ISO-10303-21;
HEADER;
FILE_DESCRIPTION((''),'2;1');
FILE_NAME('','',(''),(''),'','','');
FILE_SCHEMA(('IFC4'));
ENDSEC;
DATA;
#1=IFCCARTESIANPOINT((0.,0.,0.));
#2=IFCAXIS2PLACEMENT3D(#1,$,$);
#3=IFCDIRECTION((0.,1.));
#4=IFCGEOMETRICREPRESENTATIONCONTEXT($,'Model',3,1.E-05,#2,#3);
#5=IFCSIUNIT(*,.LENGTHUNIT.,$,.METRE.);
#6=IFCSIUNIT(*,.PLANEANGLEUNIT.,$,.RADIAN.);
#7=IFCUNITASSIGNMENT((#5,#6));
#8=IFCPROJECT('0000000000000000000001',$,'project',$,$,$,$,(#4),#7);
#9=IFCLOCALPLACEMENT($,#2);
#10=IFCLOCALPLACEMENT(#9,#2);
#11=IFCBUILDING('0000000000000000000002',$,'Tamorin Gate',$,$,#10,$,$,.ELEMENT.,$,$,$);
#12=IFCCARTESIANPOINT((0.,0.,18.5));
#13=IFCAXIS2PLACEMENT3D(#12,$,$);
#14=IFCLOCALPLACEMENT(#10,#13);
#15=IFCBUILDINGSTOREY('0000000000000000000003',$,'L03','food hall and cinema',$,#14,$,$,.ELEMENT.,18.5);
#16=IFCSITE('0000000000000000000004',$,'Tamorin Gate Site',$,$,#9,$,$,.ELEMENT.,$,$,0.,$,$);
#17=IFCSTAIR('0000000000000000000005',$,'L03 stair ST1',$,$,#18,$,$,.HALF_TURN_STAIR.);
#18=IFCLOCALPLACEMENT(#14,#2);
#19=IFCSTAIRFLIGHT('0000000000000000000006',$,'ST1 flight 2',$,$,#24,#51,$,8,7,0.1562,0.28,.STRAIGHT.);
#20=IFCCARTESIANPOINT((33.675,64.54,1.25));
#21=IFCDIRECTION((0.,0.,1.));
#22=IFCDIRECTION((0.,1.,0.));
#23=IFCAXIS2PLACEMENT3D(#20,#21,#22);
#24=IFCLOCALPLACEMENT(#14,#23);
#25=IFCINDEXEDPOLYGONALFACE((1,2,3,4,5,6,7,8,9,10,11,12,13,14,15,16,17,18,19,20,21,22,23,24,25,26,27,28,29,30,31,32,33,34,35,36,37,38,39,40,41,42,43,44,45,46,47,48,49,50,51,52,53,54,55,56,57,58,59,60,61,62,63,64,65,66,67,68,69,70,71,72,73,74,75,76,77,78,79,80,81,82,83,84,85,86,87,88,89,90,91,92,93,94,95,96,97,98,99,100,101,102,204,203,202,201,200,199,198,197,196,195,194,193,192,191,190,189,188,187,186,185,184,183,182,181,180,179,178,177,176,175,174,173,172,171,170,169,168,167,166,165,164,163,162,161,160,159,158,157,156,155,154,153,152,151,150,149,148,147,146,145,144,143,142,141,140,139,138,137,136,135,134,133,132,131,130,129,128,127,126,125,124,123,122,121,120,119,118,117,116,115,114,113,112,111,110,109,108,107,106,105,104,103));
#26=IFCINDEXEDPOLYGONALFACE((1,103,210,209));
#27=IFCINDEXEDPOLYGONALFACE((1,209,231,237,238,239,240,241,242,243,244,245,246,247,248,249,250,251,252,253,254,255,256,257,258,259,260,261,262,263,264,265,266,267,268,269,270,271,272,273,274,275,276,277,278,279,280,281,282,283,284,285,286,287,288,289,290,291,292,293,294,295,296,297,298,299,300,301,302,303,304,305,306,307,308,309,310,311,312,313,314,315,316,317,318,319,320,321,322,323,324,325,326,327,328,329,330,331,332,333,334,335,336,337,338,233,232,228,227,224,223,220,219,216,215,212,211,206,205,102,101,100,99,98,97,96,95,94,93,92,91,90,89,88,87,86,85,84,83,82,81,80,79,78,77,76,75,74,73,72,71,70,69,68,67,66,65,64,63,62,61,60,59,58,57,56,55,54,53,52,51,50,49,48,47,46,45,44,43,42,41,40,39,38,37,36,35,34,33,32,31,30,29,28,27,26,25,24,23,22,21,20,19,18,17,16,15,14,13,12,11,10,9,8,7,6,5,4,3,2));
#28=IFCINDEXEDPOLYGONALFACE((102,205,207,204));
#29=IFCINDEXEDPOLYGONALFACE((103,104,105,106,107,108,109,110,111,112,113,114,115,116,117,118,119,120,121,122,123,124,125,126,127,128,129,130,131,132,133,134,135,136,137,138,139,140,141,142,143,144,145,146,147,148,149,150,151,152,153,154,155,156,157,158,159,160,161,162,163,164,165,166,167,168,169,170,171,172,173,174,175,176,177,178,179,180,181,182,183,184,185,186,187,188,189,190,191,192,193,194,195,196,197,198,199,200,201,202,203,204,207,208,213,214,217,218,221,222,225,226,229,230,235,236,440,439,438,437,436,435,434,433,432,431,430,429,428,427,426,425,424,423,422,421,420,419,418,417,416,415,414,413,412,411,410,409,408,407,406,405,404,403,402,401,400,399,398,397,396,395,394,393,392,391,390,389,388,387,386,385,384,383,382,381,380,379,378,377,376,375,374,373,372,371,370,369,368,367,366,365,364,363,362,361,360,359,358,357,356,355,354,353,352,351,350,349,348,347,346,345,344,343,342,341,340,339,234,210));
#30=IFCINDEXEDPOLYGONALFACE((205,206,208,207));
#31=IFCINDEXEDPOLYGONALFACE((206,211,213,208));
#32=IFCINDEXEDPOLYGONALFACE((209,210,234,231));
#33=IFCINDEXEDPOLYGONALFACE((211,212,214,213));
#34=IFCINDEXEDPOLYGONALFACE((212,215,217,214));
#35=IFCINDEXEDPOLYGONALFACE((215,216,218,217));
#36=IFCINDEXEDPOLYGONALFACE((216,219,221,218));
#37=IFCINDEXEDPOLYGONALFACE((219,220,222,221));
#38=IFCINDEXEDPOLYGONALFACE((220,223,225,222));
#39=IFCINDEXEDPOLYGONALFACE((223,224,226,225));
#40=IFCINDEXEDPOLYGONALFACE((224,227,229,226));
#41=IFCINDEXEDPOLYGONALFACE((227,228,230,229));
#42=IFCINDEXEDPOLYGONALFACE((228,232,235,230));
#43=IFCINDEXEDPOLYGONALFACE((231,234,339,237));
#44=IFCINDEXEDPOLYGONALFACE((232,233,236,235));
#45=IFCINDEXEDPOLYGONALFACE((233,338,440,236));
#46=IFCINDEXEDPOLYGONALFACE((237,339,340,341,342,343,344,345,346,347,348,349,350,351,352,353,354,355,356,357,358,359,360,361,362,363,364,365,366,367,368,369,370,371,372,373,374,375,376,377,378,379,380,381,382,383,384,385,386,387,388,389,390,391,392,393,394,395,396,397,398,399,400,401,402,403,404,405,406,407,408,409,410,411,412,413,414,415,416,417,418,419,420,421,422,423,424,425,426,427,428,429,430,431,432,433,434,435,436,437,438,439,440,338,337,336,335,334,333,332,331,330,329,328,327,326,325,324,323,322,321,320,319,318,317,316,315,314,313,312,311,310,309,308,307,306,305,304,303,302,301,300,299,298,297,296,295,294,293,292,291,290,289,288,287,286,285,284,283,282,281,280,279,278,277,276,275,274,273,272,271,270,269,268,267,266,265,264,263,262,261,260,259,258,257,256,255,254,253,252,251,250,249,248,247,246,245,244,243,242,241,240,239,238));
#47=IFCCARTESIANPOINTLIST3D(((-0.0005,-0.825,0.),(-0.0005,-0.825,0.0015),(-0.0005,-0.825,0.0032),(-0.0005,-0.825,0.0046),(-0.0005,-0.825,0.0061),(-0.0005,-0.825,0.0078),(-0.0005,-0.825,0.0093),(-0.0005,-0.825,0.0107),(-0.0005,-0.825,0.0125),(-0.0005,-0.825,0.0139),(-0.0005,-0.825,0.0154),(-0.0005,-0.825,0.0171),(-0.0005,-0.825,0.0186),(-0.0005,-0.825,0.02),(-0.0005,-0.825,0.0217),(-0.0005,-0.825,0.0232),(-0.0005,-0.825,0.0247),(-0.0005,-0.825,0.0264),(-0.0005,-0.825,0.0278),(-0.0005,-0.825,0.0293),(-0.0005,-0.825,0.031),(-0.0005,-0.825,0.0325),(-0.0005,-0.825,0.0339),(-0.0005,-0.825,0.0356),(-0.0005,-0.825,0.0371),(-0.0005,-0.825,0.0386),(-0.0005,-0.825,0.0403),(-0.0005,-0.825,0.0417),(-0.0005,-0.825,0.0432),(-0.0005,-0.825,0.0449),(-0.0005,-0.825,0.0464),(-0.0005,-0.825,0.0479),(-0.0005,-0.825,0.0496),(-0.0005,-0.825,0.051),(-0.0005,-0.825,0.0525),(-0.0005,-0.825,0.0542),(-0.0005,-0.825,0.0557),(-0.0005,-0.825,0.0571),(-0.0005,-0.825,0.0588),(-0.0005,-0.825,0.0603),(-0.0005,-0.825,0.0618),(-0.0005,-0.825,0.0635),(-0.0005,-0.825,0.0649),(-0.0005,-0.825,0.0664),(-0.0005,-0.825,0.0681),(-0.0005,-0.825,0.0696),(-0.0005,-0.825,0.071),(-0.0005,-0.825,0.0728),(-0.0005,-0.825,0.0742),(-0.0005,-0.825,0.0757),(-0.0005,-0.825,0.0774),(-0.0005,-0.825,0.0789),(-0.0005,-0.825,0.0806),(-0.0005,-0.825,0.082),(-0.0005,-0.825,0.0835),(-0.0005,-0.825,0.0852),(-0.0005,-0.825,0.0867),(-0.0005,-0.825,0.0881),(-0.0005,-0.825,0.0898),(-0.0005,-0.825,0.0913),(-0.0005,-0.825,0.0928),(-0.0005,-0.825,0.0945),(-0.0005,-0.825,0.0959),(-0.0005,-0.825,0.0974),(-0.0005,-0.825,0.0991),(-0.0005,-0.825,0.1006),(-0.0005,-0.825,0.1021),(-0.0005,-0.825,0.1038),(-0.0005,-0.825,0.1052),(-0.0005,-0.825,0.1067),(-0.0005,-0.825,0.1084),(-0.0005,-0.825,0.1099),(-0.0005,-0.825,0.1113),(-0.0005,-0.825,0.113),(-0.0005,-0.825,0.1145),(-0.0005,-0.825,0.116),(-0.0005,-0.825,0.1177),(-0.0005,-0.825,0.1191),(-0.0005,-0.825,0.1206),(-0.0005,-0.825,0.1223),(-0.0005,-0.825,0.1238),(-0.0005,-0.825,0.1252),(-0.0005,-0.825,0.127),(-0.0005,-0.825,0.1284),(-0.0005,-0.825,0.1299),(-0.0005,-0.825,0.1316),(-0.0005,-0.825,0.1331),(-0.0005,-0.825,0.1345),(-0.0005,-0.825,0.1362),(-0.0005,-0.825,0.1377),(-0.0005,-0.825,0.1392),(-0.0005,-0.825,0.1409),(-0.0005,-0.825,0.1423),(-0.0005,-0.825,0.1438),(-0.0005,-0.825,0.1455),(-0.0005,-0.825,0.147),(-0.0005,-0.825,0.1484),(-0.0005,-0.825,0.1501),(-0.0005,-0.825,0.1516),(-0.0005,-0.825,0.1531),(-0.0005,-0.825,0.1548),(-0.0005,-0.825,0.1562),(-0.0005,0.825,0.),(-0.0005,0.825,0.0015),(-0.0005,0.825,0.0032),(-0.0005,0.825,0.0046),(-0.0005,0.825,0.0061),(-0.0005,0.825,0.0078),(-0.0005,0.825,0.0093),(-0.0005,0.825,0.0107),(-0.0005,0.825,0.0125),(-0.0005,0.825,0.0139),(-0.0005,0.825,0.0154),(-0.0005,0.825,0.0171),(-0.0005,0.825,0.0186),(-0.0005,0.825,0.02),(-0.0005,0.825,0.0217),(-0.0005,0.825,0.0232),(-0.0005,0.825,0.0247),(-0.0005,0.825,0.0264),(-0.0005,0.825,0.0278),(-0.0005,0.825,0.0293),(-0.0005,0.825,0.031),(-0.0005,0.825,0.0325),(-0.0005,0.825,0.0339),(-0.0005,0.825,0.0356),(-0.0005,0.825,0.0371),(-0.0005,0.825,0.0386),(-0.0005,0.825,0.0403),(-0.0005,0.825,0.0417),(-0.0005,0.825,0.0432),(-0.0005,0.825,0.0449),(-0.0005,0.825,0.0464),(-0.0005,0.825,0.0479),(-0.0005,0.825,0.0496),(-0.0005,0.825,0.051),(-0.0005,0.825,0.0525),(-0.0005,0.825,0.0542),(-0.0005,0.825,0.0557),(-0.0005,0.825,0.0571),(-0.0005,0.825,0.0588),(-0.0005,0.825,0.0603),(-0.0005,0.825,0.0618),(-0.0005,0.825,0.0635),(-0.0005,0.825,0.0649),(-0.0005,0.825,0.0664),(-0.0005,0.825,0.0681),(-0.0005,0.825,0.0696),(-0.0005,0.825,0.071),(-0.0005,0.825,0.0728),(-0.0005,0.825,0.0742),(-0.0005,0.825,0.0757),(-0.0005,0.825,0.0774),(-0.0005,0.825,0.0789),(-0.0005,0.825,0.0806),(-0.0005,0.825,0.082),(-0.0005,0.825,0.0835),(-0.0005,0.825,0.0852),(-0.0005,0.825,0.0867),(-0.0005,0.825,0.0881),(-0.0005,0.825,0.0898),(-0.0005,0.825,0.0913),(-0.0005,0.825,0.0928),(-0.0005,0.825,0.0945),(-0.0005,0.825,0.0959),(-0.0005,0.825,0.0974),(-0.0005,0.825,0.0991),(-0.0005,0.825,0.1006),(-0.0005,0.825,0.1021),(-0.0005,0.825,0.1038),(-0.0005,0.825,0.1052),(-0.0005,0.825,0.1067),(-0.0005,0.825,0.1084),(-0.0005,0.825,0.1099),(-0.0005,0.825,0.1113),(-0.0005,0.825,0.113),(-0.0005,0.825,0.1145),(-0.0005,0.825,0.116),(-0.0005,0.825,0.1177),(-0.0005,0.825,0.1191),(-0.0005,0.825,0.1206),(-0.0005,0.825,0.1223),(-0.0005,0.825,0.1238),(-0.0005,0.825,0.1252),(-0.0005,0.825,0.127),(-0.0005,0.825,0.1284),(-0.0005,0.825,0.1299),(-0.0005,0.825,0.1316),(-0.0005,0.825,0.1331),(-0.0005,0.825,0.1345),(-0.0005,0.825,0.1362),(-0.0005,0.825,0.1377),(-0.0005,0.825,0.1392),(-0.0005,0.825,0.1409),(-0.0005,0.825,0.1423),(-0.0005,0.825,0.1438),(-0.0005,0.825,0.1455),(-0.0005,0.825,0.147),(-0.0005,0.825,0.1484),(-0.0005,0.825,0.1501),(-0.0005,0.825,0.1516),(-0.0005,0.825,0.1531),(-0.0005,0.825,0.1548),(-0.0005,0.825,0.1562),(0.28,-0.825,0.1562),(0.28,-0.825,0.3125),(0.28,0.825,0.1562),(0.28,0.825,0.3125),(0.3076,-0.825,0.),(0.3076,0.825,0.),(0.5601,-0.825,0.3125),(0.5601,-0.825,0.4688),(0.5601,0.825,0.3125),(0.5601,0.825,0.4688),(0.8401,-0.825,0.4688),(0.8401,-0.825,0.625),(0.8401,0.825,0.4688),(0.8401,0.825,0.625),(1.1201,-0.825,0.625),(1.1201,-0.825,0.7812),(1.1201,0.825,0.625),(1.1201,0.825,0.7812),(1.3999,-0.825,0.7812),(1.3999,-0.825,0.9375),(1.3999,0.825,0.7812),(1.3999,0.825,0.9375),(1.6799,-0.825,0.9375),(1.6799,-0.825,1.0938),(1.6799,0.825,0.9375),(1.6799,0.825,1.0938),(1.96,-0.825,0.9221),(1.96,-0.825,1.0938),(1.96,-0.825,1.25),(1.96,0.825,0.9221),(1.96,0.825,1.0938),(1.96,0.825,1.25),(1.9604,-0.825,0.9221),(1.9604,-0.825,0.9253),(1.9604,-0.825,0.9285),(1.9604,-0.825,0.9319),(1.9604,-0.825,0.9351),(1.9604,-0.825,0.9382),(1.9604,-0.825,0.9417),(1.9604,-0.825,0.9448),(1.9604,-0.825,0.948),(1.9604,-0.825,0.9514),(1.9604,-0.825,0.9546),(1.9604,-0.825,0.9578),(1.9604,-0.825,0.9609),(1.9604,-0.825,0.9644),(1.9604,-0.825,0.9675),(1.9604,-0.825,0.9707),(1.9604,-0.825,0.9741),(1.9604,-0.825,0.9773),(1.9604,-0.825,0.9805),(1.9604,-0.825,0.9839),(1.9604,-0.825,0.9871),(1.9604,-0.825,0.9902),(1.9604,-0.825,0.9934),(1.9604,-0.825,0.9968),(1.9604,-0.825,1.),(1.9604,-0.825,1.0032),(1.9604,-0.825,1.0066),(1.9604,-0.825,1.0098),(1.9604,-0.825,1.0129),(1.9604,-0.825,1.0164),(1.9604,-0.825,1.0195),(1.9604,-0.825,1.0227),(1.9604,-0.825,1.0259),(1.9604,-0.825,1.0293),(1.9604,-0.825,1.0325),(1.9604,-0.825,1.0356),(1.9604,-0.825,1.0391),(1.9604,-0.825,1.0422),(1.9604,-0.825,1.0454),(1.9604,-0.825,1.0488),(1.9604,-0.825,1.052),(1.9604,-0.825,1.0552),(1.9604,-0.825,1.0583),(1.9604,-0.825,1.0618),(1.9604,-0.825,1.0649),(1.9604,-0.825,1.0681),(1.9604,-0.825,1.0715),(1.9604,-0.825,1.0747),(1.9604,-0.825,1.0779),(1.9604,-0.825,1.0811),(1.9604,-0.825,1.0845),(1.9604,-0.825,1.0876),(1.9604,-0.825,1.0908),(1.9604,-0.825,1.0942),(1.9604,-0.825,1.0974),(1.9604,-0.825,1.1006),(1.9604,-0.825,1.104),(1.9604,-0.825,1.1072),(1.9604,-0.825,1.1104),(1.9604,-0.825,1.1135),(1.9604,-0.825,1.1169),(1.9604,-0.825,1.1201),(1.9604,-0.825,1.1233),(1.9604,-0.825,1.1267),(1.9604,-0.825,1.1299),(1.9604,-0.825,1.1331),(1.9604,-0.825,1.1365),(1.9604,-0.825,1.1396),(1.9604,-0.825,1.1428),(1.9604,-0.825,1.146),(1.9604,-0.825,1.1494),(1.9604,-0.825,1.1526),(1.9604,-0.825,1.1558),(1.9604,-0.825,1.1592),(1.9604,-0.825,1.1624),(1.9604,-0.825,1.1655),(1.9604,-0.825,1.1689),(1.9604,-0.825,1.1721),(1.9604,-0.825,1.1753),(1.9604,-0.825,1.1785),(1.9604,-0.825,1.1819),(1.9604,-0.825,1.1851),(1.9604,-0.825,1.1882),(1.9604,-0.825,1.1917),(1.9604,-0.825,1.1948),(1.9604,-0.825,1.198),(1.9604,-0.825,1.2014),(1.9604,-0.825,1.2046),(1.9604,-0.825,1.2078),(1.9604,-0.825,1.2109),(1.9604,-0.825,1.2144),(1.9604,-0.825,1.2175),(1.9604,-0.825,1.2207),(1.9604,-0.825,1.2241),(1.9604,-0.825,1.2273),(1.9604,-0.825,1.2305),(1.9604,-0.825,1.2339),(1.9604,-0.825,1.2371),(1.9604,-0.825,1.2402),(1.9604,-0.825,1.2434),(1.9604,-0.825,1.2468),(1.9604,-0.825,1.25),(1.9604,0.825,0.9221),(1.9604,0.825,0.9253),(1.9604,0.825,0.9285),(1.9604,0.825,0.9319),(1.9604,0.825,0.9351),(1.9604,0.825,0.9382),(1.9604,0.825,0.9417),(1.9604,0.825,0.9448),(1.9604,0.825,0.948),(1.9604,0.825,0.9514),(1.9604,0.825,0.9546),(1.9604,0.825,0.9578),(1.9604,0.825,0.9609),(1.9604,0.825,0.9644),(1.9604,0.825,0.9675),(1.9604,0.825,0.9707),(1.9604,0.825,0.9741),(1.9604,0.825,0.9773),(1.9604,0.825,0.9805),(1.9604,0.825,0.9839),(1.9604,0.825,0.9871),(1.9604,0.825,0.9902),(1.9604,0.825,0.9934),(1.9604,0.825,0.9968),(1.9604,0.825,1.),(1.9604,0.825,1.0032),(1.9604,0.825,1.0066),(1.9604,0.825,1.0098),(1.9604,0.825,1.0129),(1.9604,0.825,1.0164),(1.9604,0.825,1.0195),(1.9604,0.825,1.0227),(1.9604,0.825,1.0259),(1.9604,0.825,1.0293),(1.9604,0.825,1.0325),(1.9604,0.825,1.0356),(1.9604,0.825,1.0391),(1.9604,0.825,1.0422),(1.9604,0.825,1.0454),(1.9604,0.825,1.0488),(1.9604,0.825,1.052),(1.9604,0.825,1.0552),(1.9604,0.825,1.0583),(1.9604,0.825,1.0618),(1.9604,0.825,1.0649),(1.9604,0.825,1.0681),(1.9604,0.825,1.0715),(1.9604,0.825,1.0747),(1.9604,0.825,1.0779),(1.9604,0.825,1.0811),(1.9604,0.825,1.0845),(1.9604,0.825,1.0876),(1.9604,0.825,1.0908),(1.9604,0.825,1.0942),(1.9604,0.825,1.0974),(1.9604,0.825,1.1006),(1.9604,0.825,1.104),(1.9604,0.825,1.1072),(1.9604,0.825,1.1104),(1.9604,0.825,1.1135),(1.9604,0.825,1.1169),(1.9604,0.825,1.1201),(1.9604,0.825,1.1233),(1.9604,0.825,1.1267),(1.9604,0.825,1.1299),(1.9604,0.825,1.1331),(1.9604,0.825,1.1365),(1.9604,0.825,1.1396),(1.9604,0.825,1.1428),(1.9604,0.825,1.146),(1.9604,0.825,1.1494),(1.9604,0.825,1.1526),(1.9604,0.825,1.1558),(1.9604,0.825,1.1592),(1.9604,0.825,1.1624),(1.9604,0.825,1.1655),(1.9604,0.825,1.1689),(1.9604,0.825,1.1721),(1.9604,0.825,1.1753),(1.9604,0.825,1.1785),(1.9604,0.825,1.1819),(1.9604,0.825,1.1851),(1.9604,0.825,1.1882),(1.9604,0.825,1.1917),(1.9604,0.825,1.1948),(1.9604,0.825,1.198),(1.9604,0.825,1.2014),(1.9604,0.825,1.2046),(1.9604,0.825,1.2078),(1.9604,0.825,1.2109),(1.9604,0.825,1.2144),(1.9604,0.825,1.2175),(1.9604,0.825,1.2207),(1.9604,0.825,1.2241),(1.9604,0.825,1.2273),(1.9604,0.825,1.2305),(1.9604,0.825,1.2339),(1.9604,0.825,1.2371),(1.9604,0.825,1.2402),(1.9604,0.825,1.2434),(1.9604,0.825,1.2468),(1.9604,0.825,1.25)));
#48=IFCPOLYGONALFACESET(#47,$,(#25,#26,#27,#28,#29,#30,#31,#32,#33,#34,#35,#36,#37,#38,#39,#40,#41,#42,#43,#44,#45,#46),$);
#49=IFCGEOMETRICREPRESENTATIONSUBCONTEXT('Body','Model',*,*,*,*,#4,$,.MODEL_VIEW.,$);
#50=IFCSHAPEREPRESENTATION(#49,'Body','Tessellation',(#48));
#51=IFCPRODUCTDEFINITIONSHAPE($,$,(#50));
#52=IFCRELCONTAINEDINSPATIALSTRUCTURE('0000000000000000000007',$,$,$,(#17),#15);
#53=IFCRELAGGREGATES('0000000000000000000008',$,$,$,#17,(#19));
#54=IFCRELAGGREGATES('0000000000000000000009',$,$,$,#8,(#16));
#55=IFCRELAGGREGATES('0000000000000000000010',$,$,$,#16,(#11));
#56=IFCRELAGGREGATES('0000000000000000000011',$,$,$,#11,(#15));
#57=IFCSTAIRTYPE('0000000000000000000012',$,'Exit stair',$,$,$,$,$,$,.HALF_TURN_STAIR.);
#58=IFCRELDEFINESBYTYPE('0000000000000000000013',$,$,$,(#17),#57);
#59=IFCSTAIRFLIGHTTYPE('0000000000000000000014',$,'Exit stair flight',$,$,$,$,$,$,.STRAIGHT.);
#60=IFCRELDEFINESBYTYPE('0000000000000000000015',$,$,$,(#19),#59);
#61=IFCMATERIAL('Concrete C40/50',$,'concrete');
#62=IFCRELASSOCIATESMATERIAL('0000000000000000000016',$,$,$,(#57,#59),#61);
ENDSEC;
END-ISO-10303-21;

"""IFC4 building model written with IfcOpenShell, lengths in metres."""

from ifc_helpers import new_model, si_unit, direction, frame, origin, place, context, subcontext, project, spatial, polyline, outline, extrude, material, type_object, element, aggregate, save


model = new_model("IFC4")

# Units and contexts
model_context = context("Model", 3, precision=1e-05, world=origin(), true_north=direction((0.0, 1.0)))
body_context = subcontext(model_context, "Body", "Model", "MODEL_VIEW")
ifc_project = project(units=[si_unit("LENGTHUNIT", "METRE"), si_unit("PLANEANGLEUNIT", "RADIAN")], contexts=[model_context])

# Site, building, storey
site_placement = place(None, origin())
site = spatial("IfcSite", under=ifc_project, at=site_placement, Name="Tamorin Gate Site", CompositionType="ELEMENT", RefElevation=0.0)
building_placement = place(site_placement, origin())
building = spatial("IfcBuilding", under=site, at=building_placement, Name="Tamorin Gate", CompositionType="ELEMENT")
storey_placement = place(building_placement, frame((0.0, 0.0, 18.5)))
storey = spatial("IfcBuildingStorey", under=building, at=storey_placement, Name="L03", Description="food hall and cinema", CompositionType="ELEMENT", Elevation=18.5)

# Shared definitions
ifc_material_1 = material(Name="Concrete C40/50", Category="concrete")

# Stair, stair flight
stair_type = type_object("IfcStairType", Name="Exit stair", PredefinedType="HALF_TURN_STAIR", material=ifc_material_1)
stair_1_placement = place(storey_placement, origin())
stair_1 = element("IfcStair", 1, at=stair_1_placement, inside=storey, type_object=stair_type, Name="L03 stair ST1", PredefinedType="HALF_TURN_STAIR")
stair_flight_type = type_object("IfcStairFlightType", Name="Exit stair flight", PredefinedType="STRAIGHT", material=ifc_material_1)
stair_flight_1_placement = place(storey_placement, frame((33.675, 64.54, 1.25), z_axis=(0.0, 0.0, 1.0), x_axis=(0.0, 1.0, 0.0)))
stair_flight_1 = element("IfcStairFlight", 2, at=stair_flight_1_placement, type_object=stair_flight_type, Name="ST1 flight 2", NumberOfRisers=8, NumberOfTreads=7, PredefinedType="STRAIGHT", RiserHeight=0.1562, TreadLength=0.28, context=body_context, shape_type="SweptSolid", body=[
    extrude(outline(polyline([(-0.0005, 0.0), (-0.0005, 0.0015), (-0.0005, 0.0032), (-0.0005, 0.0046), (-0.0005, 0.0061), (-0.0005, 0.0078), (-0.0005, 0.0093), (-0.0005, 0.0107), (-0.0005, 0.0125), (-0.0005, 0.0139), (-0.0005, 0.0154), (-0.0005, 0.0171), (-0.0005, 0.0186), (-0.0005, 0.02), (-0.0005, 0.0217), (-0.0005, 0.0232), (-0.0005, 0.0247), (-0.0005, 0.0264), (-0.0005, 0.0278), (-0.0005, 0.0293), (-0.0005, 0.031), (-0.0005, 0.0325), (-0.0005, 0.0339), (-0.0005, 0.0356), (-0.0005, 0.0371), (-0.0005, 0.0386), (-0.0005, 0.0403), (-0.0005, 0.0417), (-0.0005, 0.0432), (-0.0005, 0.0449), (-0.0005, 0.0464), (-0.0005, 0.0479), (-0.0005, 0.0496), (-0.0005, 0.051), (-0.0005, 0.0525), (-0.0005, 0.0542), (-0.0005, 0.0557), (-0.0005, 0.0571), (-0.0005, 0.0588), (-0.0005, 0.0603), (-0.0005, 0.0618), (-0.0005, 0.0635), (-0.0005, 0.0649), (-0.0005, 0.0664), (-0.0005, 0.0681), (-0.0005, 0.0696), (-0.0005, 0.071), (-0.0005, 0.0728), (-0.0005, 0.0742), (-0.0005, 0.0757), (-0.0005, 0.0774), (-0.0005, 0.0789), (-0.0005, 0.0806), (-0.0005, 0.082), (-0.0005, 0.0835), (-0.0005, 0.0852), (-0.0005, 0.0867), (-0.0005, 0.0881), (-0.0005, 0.0898), (-0.0005, 0.0913), (-0.0005, 0.0928), (-0.0005, 0.0945), (-0.0005, 0.0959), (-0.0005, 0.0974), (-0.0005, 0.0991), (-0.0005, 0.1006), (-0.0005, 0.1021), (-0.0005, 0.1038), (-0.0005, 0.1052), (-0.0005, 0.1067), (-0.0005, 0.1084), (-0.0005, 0.1099), (-0.0005, 0.1113), (-0.0005, 0.113), (-0.0005, 0.1145), (-0.0005, 0.116), (-0.0005, 0.1177), (-0.0005, 0.1191), (-0.0005, 0.1206), (-0.0005, 0.1223), (-0.0005, 0.1238), (-0.0005, 0.1252), (-0.0005, 0.127), (-0.0005, 0.1284), (-0.0005, 0.1299), (-0.0005, 0.1316), (-0.0005, 0.1331), (-0.0005, 0.1345), (-0.0005, 0.1362), (-0.0005, 0.1377), (-0.0005, 0.1392), (-0.0005, 0.1409), (-0.0005, 0.1423), (-0.0005, 0.1438), (-0.0005, 0.1455), (-0.0005, 0.147), (-0.0005, 0.1484), (-0.0005, 0.1501), (-0.0005, 0.1516), (-0.0005, 0.1531), (-0.0005, 0.1548), (-0.0005, 0.1562), (0.28, 0.1562), (0.28, 0.3125), (0.5601, 0.3125), (0.5601, 0.4688), (0.8401, 0.4688), (0.8401, 0.625), (1.1201, 0.625), (1.1201, 0.7812), (1.3999, 0.7812), (1.3999, 0.9375), (1.6799, 0.9375), (1.6799, 1.0938), (1.96, 1.0938), (1.96, 1.25), (1.9604, 1.25), (1.9604, 1.2468), (1.9604, 1.2434), (1.9604, 1.2402), (1.9604, 1.2371), (1.9604, 1.2339), (1.9604, 1.2305), (1.9604, 1.2273), (1.9604, 1.2241), (1.9604, 1.2207), (1.9604, 1.2175), (1.9604, 1.2144), (1.9604, 1.2109), (1.9604, 1.2078), (1.9604, 1.2046), (1.9604, 1.2014), (1.9604, 1.198), (1.9604, 1.1948), (1.9604, 1.1917), (1.9604, 1.1882), (1.9604, 1.1851), (1.9604, 1.1819), (1.9604, 1.1785), (1.9604, 1.1753), (1.9604, 1.1721), (1.9604, 1.1689), (1.9604, 1.1655), (1.9604, 1.1624), (1.9604, 1.1592), (1.9604, 1.1558), (1.9604, 1.1526), (1.9604, 1.1494), (1.9604, 1.146), (1.9604, 1.1428), (1.9604, 1.1396), (1.9604, 1.1365), (1.9604, 1.1331), (1.9604, 1.1299), (1.9604, 1.1267), (1.9604, 1.1233), (1.9604, 1.1201), (1.9604, 1.1169), (1.9604, 1.1135), (1.9604, 1.1104), (1.9604, 1.1072), (1.9604, 1.104), (1.9604, 1.1006), (1.9604, 1.0974), (1.9604, 1.0942), (1.9604, 1.0908), (1.9604, 1.0876), (1.9604, 1.0845), (1.9604, 1.0811), (1.9604, 1.0779), (1.9604, 1.0747), (1.9604, 1.0715), (1.9604, 1.0681), (1.9604, 1.0649), (1.9604, 1.0618), (1.9604, 1.0583), (1.9604, 1.0552), (1.9604, 1.052), (1.9604, 1.0488), (1.9604, 1.0454), (1.9604, 1.0422), (1.9604, 1.0391), (1.9604, 1.0356), (1.9604, 1.0325), (1.9604, 1.0293), (1.9604, 1.0259), (1.9604, 1.0227), (1.9604, 1.0195), (1.9604, 1.0164), (1.9604, 1.0129), (1.9604, 1.0098), (1.9604, 1.0066), (1.9604, 1.0032), (1.9604, 1.0), (1.9604, 0.9968), (1.9604, 0.9934), (1.9604, 0.9902), (1.9604, 0.9871), (1.9604, 0.9839), (1.9604, 0.9805), (1.9604, 0.9773), (1.9604, 0.9741), (1.9604, 0.9707), (1.9604, 0.9675), (1.9604, 0.9644), (1.9604, 0.9609), (1.9604, 0.9578), (1.9604, 0.9546), (1.9604, 0.9514), (1.9604, 0.948), (1.9604, 0.9448), (1.9604, 0.9417), (1.9604, 0.9382), (1.9604, 0.9351), (1.9604, 0.9319), (1.9604, 0.9285), (1.9604, 0.9253), (1.9604, 0.9221), (1.96, 0.9221), (0.3076, 0.0), (-0.0005, 0.0)])), frame((0.0, 0.825, 0.0), z_axis=(0.0, -1.0, 0.0), x_axis=(1.0, 0.0, 0.0)), (0.0, 0.0, 1.0), 1.6499),
])
aggregate(stair_1, [stair_flight_1])

save(model, "model.ifc")
